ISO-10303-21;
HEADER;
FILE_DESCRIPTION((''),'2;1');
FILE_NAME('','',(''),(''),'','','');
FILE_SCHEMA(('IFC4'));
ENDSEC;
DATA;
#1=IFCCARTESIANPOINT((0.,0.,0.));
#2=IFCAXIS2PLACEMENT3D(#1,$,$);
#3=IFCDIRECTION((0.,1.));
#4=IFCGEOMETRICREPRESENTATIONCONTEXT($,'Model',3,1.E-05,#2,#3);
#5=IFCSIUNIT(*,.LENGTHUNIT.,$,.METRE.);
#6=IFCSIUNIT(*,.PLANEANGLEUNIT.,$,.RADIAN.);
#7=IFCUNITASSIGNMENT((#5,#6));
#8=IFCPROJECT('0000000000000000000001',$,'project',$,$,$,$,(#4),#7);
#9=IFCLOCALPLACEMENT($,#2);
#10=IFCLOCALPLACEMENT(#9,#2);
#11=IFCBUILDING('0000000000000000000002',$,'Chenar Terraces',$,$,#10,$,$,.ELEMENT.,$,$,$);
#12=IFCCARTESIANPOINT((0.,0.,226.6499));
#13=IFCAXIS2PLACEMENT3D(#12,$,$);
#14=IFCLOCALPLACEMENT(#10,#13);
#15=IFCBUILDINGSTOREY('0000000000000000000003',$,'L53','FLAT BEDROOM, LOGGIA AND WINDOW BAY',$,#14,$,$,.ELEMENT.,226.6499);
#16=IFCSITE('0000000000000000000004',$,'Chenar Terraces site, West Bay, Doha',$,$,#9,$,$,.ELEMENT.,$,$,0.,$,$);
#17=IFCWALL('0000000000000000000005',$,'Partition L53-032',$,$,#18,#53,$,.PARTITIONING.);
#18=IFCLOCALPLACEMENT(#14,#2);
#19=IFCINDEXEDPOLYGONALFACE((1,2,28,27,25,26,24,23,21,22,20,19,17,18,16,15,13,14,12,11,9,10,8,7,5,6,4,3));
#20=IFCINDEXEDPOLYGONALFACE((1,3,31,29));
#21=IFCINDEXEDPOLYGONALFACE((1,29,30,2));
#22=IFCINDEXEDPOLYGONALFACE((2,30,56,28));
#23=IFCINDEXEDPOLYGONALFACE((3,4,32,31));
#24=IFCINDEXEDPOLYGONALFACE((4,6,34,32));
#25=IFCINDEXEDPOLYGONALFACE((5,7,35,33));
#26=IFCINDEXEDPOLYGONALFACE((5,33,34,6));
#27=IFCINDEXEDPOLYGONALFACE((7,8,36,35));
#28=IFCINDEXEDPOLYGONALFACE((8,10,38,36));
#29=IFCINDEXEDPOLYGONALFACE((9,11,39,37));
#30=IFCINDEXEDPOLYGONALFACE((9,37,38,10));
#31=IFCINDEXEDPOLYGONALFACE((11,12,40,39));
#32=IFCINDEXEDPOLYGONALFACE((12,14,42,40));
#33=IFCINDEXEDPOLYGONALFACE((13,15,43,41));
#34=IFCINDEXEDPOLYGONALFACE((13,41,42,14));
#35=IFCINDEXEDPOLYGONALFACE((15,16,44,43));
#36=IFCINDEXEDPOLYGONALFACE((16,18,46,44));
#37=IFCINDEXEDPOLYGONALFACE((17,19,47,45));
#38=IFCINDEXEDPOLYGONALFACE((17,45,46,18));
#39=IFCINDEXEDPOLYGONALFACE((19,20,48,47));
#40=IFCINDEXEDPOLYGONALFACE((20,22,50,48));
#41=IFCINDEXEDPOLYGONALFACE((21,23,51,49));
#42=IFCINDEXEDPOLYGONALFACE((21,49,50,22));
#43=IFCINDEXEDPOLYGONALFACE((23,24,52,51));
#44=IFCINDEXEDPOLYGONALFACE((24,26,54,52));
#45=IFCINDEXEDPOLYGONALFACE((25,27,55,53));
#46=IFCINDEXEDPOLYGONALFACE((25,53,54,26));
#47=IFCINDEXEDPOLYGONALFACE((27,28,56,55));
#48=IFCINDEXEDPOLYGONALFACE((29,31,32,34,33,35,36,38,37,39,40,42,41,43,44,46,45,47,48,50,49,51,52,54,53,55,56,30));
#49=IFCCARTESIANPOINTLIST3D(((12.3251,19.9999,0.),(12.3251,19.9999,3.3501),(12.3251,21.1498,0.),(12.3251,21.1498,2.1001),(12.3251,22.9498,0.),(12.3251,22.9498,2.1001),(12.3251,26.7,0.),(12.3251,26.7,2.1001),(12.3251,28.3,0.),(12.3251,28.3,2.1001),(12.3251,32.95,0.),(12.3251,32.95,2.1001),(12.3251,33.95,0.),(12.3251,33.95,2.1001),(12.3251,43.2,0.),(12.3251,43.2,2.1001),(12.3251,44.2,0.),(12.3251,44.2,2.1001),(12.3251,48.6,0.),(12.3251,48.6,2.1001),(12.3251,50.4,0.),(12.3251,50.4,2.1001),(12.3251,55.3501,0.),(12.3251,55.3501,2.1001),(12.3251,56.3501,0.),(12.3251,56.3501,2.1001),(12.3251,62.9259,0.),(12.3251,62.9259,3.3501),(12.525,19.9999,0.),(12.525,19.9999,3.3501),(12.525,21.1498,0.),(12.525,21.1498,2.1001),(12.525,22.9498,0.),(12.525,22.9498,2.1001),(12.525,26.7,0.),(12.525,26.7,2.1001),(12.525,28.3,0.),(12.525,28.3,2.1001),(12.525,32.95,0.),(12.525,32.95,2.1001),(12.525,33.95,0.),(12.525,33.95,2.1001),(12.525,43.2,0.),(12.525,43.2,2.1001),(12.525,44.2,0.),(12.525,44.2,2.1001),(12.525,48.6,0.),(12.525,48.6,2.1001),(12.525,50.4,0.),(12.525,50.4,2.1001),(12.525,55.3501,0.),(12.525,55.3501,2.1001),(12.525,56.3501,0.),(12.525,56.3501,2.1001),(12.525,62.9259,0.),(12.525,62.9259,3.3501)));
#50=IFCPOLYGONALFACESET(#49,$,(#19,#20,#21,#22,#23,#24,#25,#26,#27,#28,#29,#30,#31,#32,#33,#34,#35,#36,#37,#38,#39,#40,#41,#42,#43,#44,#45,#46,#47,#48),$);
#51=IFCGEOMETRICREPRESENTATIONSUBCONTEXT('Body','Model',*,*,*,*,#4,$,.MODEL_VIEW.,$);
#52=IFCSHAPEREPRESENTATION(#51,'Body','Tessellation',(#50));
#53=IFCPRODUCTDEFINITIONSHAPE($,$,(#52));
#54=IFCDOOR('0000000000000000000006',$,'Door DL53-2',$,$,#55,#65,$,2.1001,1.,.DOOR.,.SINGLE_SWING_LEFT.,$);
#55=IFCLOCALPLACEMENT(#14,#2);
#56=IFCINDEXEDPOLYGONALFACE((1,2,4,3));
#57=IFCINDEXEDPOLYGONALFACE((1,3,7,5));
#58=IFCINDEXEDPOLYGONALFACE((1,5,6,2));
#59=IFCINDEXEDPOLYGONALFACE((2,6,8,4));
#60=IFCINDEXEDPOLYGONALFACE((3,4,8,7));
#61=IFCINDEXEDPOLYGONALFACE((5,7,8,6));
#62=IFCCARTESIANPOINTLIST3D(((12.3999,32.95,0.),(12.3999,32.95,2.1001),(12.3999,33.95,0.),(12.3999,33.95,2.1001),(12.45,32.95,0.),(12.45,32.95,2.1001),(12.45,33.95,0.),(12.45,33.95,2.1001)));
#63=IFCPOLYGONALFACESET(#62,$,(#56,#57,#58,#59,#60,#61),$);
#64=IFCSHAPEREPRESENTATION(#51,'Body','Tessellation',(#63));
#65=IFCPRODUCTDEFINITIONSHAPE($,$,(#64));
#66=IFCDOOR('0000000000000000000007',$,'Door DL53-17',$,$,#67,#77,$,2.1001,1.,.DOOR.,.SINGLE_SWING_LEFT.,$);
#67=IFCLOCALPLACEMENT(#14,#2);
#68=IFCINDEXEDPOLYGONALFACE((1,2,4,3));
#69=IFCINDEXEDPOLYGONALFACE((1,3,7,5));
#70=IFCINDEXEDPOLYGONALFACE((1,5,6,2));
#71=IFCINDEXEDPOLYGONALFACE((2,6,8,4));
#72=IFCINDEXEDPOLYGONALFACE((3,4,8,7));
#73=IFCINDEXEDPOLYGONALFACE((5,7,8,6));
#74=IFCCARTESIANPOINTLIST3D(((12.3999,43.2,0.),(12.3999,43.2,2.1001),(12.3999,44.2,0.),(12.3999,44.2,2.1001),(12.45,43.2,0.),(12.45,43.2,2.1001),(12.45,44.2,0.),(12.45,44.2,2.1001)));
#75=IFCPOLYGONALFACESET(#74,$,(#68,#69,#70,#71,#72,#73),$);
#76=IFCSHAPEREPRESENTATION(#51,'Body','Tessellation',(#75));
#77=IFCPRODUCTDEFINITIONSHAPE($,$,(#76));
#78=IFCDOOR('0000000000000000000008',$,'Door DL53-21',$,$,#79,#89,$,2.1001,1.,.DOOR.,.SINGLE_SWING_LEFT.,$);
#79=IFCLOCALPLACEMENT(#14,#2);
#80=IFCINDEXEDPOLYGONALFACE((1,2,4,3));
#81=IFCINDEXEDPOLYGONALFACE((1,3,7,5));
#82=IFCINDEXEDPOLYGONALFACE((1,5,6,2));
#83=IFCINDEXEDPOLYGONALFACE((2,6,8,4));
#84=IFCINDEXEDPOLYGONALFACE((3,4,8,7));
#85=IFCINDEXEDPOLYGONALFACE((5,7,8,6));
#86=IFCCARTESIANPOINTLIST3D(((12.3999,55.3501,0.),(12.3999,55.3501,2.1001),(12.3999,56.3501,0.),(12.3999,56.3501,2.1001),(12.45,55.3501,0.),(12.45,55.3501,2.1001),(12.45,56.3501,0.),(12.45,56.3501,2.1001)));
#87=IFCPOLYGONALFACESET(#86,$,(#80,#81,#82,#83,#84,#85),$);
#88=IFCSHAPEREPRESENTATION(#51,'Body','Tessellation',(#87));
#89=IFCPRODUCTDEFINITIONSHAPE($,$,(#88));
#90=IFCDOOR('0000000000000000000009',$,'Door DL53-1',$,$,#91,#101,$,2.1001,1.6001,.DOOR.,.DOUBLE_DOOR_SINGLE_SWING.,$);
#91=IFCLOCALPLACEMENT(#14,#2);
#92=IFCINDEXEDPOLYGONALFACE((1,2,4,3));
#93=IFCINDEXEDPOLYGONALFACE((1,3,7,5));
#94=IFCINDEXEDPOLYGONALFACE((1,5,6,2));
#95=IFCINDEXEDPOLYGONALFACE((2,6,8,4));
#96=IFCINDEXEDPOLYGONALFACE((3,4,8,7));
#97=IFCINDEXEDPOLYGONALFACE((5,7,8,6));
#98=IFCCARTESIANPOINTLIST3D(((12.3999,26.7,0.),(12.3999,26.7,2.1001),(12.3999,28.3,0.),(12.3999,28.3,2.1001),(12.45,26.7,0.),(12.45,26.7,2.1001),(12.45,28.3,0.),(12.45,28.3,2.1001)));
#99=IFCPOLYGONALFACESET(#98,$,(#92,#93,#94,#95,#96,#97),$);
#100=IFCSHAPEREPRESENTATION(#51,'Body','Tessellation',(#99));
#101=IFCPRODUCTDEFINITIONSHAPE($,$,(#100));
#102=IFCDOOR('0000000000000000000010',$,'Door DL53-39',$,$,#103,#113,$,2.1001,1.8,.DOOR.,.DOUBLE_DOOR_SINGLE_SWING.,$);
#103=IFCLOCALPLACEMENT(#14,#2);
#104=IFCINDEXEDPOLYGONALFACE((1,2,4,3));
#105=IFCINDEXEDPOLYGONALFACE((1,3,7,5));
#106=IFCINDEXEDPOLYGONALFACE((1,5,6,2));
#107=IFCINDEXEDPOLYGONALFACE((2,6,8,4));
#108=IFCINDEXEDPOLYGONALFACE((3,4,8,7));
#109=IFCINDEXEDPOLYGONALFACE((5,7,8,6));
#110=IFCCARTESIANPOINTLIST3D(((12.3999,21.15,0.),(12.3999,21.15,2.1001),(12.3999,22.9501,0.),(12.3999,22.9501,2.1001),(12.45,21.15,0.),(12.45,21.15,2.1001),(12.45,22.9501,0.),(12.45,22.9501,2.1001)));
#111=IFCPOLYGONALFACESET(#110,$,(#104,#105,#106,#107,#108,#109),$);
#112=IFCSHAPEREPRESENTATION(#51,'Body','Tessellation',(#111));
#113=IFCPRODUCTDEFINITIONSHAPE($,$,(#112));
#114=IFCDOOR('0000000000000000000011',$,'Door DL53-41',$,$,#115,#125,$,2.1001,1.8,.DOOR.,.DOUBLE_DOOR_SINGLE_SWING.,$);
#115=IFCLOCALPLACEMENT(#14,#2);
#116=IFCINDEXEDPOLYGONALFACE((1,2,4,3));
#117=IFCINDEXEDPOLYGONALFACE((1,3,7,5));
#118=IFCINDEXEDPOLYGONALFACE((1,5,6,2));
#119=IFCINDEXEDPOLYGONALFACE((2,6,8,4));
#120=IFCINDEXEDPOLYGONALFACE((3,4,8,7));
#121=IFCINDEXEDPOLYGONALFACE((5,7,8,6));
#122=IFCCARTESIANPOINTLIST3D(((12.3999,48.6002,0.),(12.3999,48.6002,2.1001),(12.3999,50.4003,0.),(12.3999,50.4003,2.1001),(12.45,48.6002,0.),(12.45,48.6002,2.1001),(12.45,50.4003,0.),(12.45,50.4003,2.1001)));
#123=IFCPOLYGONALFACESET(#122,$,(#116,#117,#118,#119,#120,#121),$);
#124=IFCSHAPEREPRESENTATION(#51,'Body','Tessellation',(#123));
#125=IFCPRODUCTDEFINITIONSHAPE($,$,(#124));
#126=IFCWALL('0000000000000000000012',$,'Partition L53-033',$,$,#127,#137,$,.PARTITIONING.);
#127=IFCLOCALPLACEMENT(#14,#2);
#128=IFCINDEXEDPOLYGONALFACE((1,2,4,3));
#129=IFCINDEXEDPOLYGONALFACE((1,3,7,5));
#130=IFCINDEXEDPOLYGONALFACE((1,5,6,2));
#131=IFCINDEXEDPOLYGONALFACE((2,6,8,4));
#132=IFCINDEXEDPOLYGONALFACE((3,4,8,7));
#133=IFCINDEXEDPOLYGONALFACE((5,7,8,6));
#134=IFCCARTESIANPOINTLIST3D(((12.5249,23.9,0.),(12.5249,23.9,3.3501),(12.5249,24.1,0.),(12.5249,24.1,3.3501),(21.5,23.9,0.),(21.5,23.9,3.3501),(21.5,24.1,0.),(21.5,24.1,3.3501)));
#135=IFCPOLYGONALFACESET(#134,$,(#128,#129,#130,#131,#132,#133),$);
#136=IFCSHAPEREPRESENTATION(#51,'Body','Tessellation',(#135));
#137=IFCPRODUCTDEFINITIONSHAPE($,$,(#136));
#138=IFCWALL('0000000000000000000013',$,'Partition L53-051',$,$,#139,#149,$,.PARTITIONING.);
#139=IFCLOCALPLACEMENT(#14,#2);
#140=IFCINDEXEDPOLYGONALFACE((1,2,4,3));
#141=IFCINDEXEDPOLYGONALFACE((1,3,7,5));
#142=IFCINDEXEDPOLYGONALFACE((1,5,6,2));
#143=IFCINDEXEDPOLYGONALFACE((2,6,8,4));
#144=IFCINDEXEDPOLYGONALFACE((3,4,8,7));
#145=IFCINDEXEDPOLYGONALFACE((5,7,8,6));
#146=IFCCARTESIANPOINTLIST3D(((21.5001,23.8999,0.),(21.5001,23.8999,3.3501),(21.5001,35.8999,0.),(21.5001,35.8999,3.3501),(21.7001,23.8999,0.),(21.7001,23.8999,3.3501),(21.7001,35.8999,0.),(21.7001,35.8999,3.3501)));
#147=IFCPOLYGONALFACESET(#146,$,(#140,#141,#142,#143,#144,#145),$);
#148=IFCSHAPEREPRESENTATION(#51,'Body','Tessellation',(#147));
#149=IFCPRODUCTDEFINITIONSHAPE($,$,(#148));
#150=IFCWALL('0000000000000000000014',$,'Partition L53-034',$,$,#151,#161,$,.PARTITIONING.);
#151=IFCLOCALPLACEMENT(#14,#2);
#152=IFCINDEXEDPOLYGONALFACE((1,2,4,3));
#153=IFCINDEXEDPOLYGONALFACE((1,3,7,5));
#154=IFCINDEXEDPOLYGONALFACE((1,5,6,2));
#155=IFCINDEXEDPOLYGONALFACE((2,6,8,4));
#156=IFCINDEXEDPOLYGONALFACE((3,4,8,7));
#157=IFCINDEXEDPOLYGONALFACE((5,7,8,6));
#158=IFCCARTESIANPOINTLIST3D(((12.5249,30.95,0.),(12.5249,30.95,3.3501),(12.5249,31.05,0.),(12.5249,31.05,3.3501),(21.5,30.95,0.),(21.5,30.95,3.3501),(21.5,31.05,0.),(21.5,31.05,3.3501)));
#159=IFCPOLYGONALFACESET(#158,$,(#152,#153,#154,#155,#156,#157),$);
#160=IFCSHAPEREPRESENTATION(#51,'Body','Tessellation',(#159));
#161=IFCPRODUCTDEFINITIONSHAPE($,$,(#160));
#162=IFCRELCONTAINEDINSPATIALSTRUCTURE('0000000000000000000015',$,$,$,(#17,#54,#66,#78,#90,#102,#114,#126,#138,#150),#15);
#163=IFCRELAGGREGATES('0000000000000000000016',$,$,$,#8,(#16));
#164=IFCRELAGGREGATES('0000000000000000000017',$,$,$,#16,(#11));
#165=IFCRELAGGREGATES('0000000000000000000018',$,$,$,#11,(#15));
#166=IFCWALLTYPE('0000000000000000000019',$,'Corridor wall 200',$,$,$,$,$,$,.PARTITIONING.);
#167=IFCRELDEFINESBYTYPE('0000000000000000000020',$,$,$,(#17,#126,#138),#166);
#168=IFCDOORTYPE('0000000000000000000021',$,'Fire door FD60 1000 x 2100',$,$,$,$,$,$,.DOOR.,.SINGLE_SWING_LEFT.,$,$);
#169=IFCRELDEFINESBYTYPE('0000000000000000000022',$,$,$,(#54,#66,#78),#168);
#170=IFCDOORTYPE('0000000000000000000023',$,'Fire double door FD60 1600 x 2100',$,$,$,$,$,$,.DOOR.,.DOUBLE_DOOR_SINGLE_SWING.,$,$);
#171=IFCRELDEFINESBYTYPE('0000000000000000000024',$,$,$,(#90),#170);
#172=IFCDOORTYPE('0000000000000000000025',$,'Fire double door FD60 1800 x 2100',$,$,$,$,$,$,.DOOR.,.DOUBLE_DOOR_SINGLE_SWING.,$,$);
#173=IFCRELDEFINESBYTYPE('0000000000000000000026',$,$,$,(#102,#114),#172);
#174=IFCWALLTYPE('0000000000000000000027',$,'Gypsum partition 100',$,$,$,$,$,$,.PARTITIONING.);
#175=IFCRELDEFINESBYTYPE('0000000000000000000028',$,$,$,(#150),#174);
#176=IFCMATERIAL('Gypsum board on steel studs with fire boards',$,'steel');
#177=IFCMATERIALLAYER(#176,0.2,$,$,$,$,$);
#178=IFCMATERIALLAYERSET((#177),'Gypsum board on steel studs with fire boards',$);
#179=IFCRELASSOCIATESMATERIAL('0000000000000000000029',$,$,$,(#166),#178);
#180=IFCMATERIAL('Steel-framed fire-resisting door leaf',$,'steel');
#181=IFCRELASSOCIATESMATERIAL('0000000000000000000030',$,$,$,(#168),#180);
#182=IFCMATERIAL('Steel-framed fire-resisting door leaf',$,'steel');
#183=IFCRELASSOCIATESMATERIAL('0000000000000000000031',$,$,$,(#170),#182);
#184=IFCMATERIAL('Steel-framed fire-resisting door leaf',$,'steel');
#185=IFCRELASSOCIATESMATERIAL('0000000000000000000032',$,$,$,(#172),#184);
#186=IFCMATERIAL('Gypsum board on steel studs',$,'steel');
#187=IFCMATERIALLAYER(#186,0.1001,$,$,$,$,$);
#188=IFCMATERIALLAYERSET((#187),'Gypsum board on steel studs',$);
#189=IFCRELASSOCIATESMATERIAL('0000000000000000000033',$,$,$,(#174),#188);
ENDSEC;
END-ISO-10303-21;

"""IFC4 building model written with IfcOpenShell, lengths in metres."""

from ifc_helpers import new_model, si_unit, direction, frame, frame_2d, origin, place, context, subcontext, project, spatial, rectangle, extrude, material, layer, layer_set, type_object, element, fill, save


model = new_model("IFC4")

# Units and contexts
model_context = context("Model", 3, precision=1e-05, world=origin(), true_north=direction((0.0, 1.0)))
body_context = subcontext(model_context, "Body", "Model", "MODEL_VIEW")
ifc_project = project(units=[si_unit("LENGTHUNIT", "METRE"), si_unit("PLANEANGLEUNIT", "RADIAN")], contexts=[model_context])

# Site, building, storey
site_placement = place(None, origin())
site = spatial("IfcSite", under=ifc_project, at=site_placement, Name="Chenar Terraces site, West Bay, Doha", CompositionType="ELEMENT", RefElevation=0.0)
building_placement = place(site_placement, origin())
building = spatial("IfcBuilding", under=site, at=building_placement, Name="Chenar Terraces", CompositionType="ELEMENT")
storey_placement = place(building_placement, frame((0.0, 0.0, 226.6499)))
storey = spatial("IfcBuildingStorey", under=building, at=storey_placement, Name="L53", Description="FLAT BEDROOM, LOGGIA AND WINDOW BAY", CompositionType="ELEMENT", Elevation=226.6499)

# Wall, openings, doors
ifc_material_1 = material(Name="Gypsum board on steel studs with fire boards", Category="steel")
ifc_layer_1 = layer(ifc_material_1, 0.2)
ifc_layer_set_1 = layer_set([ifc_layer_1], Name="Gypsum board on steel studs with fire boards")
wall_type_1 = type_object("IfcWallType", Name="Corridor wall 200", PredefinedType="PARTITIONING", material=ifc_layer_set_1)
wall_1_placement = place(storey_placement, frame((12.425, 20.0, 0.0), z_axis=(0.0, 0.0, 1.0), x_axis=(0.0, 1.0, 0.0)))
wall_1 = element("IfcWall", 1, at=wall_1_placement, inside=storey, type_object=wall_type_1, Name="Partition L53-032", PredefinedType="PARTITIONING", context=body_context, shape_type="SweptSolid", body=[
    extrude(rectangle(XDim=42.926, YDim=0.2, at=frame_2d((21.4629, 0.0))), origin(), (0.0, 0.0, 1.0), 3.3501),
])
opening_1_placement = place(wall_1_placement, frame((6.7, 0.0, 0.0)))
opening_1 = element("IfcOpeningElement", 2, at=opening_1_placement, cuts=wall_1, PredefinedType="OPENING", context=body_context, shape_type="SweptSolid", body=[
    extrude(rectangle(XDim=1.6001, YDim=2.1001, at=frame_2d((0.8, 1.05))), frame((0.0, 0.1099, 0.0), z_axis=(0.0, -1.0, 0.0), x_axis=(1.0, 0.0, 0.0)), (0.0, 0.0, 1.0), 0.22),
])
opening_2_placement = place(wall_1_placement, frame((12.95, 0.0, 0.0)))
opening_2 = element("IfcOpeningElement", 3, at=opening_2_placement, cuts=wall_1, PredefinedType="OPENING", context=body_context, shape_type="SweptSolid", body=[
    extrude(rectangle(XDim=1.0, YDim=2.1001, at=frame_2d((0.5, 1.05))), frame((0.0, 0.1099, 0.0), z_axis=(0.0, -1.0, 0.0), x_axis=(1.0, 0.0, 0.0)), (0.0, 0.0, 1.0), 0.22),
])
opening_3_placement = place(wall_1_placement, frame((23.2, 0.0, 0.0)))
opening_3 = element("IfcOpeningElement", 4, at=opening_3_placement, cuts=wall_1, PredefinedType="OPENING", context=body_context, shape_type="SweptSolid", body=[
    extrude(rectangle(XDim=1.0, YDim=2.1001, at=frame_2d((0.5, 1.05))), frame((0.0, 0.1099, 0.0), z_axis=(0.0, -1.0, 0.0), x_axis=(1.0, 0.0, 0.0)), (0.0, 0.0, 1.0), 0.22),
])
opening_4_placement = place(wall_1_placement, frame((35.3501, 0.0, 0.0)))
opening_4 = element("IfcOpeningElement", 5, at=opening_4_placement, cuts=wall_1, PredefinedType="OPENING", context=body_context, shape_type="SweptSolid", body=[
    extrude(rectangle(XDim=1.0, YDim=2.1001, at=frame_2d((0.5, 1.05))), frame((0.0, 0.1099, 0.0), z_axis=(0.0, -1.0, 0.0), x_axis=(1.0, 0.0, 0.0)), (0.0, 0.0, 1.0), 0.22),
])
opening_5_placement = place(wall_1_placement, frame((1.1499, 0.0, 0.0)))
opening_5 = element("IfcOpeningElement", 6, at=opening_5_placement, cuts=wall_1, PredefinedType="OPENING", context=body_context, shape_type="SweptSolid", body=[
    extrude(rectangle(XDim=1.8, YDim=2.1001, at=frame_2d((0.8999, 1.05))), frame((0.0, 0.1099, 0.0), z_axis=(0.0, -1.0, 0.0), x_axis=(1.0, 0.0, 0.0)), (0.0, 0.0, 1.0), 0.22),
])
opening_6_placement = place(wall_1_placement, frame((28.6001, 0.0, 0.0)))
opening_6 = element("IfcOpeningElement", 7, at=opening_6_placement, cuts=wall_1, PredefinedType="OPENING", context=body_context, shape_type="SweptSolid", body=[
    extrude(rectangle(XDim=1.8, YDim=2.1001, at=frame_2d((0.8999, 1.05))), frame((0.0, 0.1099, 0.0), z_axis=(0.0, -1.0, 0.0), x_axis=(1.0, 0.0, 0.0)), (0.0, 0.0, 1.0), 0.22),
])
ifc_material_2 = material(Name="Steel-framed fire-resisting door leaf", Category="steel")
door_type_1 = type_object("IfcDoorType", Name="Fire door FD60 1000 x 2100", OperationType="SINGLE_SWING_LEFT", PredefinedType="DOOR", material=ifc_material_2)
door_1_placement = place(opening_2_placement, frame((1.0, 0.0, 0.0), z_axis=(0.0, 0.0, 1.0), x_axis=(-1.0, 0.0, 0.0)))
door_1 = element("IfcDoor", 8, at=door_1_placement, inside=storey, type_object=door_type_1, Name="Door DL53-2", OperationType="SINGLE_SWING_LEFT", OverallHeight=2.1001, OverallWidth=1.0, PredefinedType="DOOR", context=body_context, shape_type="SweptSolid", body=[
    extrude(rectangle(XDim=1.0, YDim=2.1001, at=frame_2d((0.5, 1.05))), frame((0.0, 0.0249, 0.0), z_axis=(0.0, -1.0, 0.0), x_axis=(1.0, 0.0, 0.0)), (0.0, 0.0, 1.0), 0.05),
])
fill(opening_2, door_1)
door_2_placement = place(opening_3_placement, frame((1.0, 0.0, 0.0), z_axis=(0.0, 0.0, 1.0), x_axis=(-1.0, 0.0, 0.0)))
door_2 = element("IfcDoor", 9, at=door_2_placement, inside=storey, type_object=door_type_1, Name="Door DL53-17", OperationType="SINGLE_SWING_LEFT", OverallHeight=2.1001, OverallWidth=1.0, PredefinedType="DOOR", context=body_context, shape_type="SweptSolid", body=[
    extrude(rectangle(XDim=1.0, YDim=2.1001, at=frame_2d((0.5, 1.05))), frame((0.0, 0.0249, 0.0), z_axis=(0.0, -1.0, 0.0), x_axis=(1.0, 0.0, 0.0)), (0.0, 0.0, 1.0), 0.05),
])
fill(opening_3, door_2)
door_3_placement = place(opening_4_placement, frame((1.0, 0.0, 0.0), z_axis=(0.0, 0.0, 1.0), x_axis=(-1.0, 0.0, 0.0)))
door_3 = element("IfcDoor", 10, at=door_3_placement, inside=storey, type_object=door_type_1, Name="Door DL53-21", OperationType="SINGLE_SWING_LEFT", OverallHeight=2.1001, OverallWidth=1.0, PredefinedType="DOOR", context=body_context, shape_type="SweptSolid", body=[
    extrude(rectangle(XDim=1.0, YDim=2.1001, at=frame_2d((0.5, 1.05))), frame((0.0, 0.0249, 0.0), z_axis=(0.0, -1.0, 0.0), x_axis=(1.0, 0.0, 0.0)), (0.0, 0.0, 1.0), 0.05),
])
fill(opening_4, door_3)
ifc_material_3 = material(Name="Steel-framed fire-resisting door leaf", Category="steel")
door_type_2 = type_object("IfcDoorType", Name="Fire double door FD60 1600 x 2100", OperationType="DOUBLE_DOOR_SINGLE_SWING", PredefinedType="DOOR", material=ifc_material_3)
door_4_placement = place(opening_1_placement, frame((1.6001, 0.0, 0.0), z_axis=(0.0, 0.0, 1.0), x_axis=(-1.0, 0.0, 0.0)))
door_4 = element("IfcDoor", 11, at=door_4_placement, inside=storey, type_object=door_type_2, Name="Door DL53-1", OperationType="DOUBLE_DOOR_SINGLE_SWING", OverallHeight=2.1001, OverallWidth=1.6001, PredefinedType="DOOR", context=body_context, shape_type="SweptSolid", body=[
    extrude(rectangle(XDim=1.6001, YDim=2.1001, at=frame_2d((0.8, 1.05))), frame((0.0, 0.0249, 0.0), z_axis=(0.0, -1.0, 0.0), x_axis=(1.0, 0.0, 0.0)), (0.0, 0.0, 1.0), 0.05),
])
fill(opening_1, door_4)
ifc_material_4 = material(Name="Steel-framed fire-resisting door leaf", Category="steel")
door_type_3 = type_object("IfcDoorType", Name="Fire double door FD60 1800 x 2100", OperationType="DOUBLE_DOOR_SINGLE_SWING", PredefinedType="DOOR", material=ifc_material_4)
door_5_placement = place(opening_5_placement, frame((1.8, 0.0, 0.0), z_axis=(0.0, 0.0, 1.0), x_axis=(-1.0, 0.0, 0.0)))
door_5 = element("IfcDoor", 12, at=door_5_placement, inside=storey, type_object=door_type_3, Name="Door DL53-39", OperationType="DOUBLE_DOOR_SINGLE_SWING", OverallHeight=2.1001, OverallWidth=1.8, PredefinedType="DOOR", context=body_context, shape_type="SweptSolid", body=[
    extrude(rectangle(XDim=1.8, YDim=2.1001, at=frame_2d((0.8999, 1.05))), frame((0.0, 0.0249, 0.0), z_axis=(0.0, -1.0, 0.0), x_axis=(1.0, 0.0, 0.0)), (0.0, 0.0, 1.0), 0.05),
])
fill(opening_5, door_5)
door_6_placement = place(opening_6_placement, frame((1.8, 0.0, 0.0), z_axis=(0.0, 0.0, 1.0), x_axis=(-1.0, 0.0, 0.0)))
door_6 = element("IfcDoor", 13, at=door_6_placement, inside=storey, type_object=door_type_3, Name="Door DL53-41", OperationType="DOUBLE_DOOR_SINGLE_SWING", OverallHeight=2.1001, OverallWidth=1.8, PredefinedType="DOOR", context=body_context, shape_type="SweptSolid", body=[
    extrude(rectangle(XDim=1.8, YDim=2.1001, at=frame_2d((0.8999, 1.05))), frame((0.0, 0.0249, 0.0), z_axis=(0.0, -1.0, 0.0), x_axis=(1.0, 0.0, 0.0)), (0.0, 0.0, 1.0), 0.05),
])
fill(opening_6, door_6)

# Walls
wall_2_placement = place(storey_placement, frame((12.5249, 24.0, 0.0), z_axis=(0.0, 0.0, 1.0), x_axis=(1.0, 0.0, 0.0)))
element("IfcWall", 14, at=wall_2_placement, inside=storey, type_object=wall_type_1, Name="Partition L53-033", PredefinedType="PARTITIONING", context=body_context, shape_type="SweptSolid", body=[
    extrude(rectangle(XDim=8.9751, YDim=0.2, at=frame_2d((4.4875, 0.0))), origin(), (0.0, 0.0, 1.0), 3.3501),
])
wall_3_placement = place(storey_placement, frame((21.6001, 23.8999, 0.0), z_axis=(0.0, 0.0, 1.0), x_axis=(0.0, 1.0, 0.0)))
element("IfcWall", 15, at=wall_3_placement, inside=storey, type_object=wall_type_1, Name="Partition L53-051", PredefinedType="PARTITIONING", context=body_context, shape_type="SweptSolid", body=[
    extrude(rectangle(XDim=12.0, YDim=0.2, at=frame_2d((6.0, 0.0))), origin(), (0.0, 0.0, 1.0), 3.3501),
])
ifc_material_5 = material(Name="Gypsum board on steel studs", Category="steel")
ifc_layer_2 = layer(ifc_material_5, 0.1001)
ifc_layer_set_2 = layer_set([ifc_layer_2], Name="Gypsum board on steel studs")
wall_type_2 = type_object("IfcWallType", Name="Gypsum partition 100", PredefinedType="PARTITIONING", material=ifc_layer_set_2)
wall_4_placement = place(storey_placement, frame((12.5249, 31.0, 0.0), z_axis=(0.0, 0.0, 1.0), x_axis=(1.0, 0.0, 0.0)))
element("IfcWall", 16, at=wall_4_placement, inside=storey, type_object=wall_type_2, Name="Partition L53-034", PredefinedType="PARTITIONING", context=body_context, shape_type="SweptSolid", body=[
    extrude(rectangle(XDim=8.9751, YDim=0.1001, at=frame_2d((4.4875, 0.0))), origin(), (0.0, 0.0, 1.0), 3.3501),
])

save(model, "model.ifc")
